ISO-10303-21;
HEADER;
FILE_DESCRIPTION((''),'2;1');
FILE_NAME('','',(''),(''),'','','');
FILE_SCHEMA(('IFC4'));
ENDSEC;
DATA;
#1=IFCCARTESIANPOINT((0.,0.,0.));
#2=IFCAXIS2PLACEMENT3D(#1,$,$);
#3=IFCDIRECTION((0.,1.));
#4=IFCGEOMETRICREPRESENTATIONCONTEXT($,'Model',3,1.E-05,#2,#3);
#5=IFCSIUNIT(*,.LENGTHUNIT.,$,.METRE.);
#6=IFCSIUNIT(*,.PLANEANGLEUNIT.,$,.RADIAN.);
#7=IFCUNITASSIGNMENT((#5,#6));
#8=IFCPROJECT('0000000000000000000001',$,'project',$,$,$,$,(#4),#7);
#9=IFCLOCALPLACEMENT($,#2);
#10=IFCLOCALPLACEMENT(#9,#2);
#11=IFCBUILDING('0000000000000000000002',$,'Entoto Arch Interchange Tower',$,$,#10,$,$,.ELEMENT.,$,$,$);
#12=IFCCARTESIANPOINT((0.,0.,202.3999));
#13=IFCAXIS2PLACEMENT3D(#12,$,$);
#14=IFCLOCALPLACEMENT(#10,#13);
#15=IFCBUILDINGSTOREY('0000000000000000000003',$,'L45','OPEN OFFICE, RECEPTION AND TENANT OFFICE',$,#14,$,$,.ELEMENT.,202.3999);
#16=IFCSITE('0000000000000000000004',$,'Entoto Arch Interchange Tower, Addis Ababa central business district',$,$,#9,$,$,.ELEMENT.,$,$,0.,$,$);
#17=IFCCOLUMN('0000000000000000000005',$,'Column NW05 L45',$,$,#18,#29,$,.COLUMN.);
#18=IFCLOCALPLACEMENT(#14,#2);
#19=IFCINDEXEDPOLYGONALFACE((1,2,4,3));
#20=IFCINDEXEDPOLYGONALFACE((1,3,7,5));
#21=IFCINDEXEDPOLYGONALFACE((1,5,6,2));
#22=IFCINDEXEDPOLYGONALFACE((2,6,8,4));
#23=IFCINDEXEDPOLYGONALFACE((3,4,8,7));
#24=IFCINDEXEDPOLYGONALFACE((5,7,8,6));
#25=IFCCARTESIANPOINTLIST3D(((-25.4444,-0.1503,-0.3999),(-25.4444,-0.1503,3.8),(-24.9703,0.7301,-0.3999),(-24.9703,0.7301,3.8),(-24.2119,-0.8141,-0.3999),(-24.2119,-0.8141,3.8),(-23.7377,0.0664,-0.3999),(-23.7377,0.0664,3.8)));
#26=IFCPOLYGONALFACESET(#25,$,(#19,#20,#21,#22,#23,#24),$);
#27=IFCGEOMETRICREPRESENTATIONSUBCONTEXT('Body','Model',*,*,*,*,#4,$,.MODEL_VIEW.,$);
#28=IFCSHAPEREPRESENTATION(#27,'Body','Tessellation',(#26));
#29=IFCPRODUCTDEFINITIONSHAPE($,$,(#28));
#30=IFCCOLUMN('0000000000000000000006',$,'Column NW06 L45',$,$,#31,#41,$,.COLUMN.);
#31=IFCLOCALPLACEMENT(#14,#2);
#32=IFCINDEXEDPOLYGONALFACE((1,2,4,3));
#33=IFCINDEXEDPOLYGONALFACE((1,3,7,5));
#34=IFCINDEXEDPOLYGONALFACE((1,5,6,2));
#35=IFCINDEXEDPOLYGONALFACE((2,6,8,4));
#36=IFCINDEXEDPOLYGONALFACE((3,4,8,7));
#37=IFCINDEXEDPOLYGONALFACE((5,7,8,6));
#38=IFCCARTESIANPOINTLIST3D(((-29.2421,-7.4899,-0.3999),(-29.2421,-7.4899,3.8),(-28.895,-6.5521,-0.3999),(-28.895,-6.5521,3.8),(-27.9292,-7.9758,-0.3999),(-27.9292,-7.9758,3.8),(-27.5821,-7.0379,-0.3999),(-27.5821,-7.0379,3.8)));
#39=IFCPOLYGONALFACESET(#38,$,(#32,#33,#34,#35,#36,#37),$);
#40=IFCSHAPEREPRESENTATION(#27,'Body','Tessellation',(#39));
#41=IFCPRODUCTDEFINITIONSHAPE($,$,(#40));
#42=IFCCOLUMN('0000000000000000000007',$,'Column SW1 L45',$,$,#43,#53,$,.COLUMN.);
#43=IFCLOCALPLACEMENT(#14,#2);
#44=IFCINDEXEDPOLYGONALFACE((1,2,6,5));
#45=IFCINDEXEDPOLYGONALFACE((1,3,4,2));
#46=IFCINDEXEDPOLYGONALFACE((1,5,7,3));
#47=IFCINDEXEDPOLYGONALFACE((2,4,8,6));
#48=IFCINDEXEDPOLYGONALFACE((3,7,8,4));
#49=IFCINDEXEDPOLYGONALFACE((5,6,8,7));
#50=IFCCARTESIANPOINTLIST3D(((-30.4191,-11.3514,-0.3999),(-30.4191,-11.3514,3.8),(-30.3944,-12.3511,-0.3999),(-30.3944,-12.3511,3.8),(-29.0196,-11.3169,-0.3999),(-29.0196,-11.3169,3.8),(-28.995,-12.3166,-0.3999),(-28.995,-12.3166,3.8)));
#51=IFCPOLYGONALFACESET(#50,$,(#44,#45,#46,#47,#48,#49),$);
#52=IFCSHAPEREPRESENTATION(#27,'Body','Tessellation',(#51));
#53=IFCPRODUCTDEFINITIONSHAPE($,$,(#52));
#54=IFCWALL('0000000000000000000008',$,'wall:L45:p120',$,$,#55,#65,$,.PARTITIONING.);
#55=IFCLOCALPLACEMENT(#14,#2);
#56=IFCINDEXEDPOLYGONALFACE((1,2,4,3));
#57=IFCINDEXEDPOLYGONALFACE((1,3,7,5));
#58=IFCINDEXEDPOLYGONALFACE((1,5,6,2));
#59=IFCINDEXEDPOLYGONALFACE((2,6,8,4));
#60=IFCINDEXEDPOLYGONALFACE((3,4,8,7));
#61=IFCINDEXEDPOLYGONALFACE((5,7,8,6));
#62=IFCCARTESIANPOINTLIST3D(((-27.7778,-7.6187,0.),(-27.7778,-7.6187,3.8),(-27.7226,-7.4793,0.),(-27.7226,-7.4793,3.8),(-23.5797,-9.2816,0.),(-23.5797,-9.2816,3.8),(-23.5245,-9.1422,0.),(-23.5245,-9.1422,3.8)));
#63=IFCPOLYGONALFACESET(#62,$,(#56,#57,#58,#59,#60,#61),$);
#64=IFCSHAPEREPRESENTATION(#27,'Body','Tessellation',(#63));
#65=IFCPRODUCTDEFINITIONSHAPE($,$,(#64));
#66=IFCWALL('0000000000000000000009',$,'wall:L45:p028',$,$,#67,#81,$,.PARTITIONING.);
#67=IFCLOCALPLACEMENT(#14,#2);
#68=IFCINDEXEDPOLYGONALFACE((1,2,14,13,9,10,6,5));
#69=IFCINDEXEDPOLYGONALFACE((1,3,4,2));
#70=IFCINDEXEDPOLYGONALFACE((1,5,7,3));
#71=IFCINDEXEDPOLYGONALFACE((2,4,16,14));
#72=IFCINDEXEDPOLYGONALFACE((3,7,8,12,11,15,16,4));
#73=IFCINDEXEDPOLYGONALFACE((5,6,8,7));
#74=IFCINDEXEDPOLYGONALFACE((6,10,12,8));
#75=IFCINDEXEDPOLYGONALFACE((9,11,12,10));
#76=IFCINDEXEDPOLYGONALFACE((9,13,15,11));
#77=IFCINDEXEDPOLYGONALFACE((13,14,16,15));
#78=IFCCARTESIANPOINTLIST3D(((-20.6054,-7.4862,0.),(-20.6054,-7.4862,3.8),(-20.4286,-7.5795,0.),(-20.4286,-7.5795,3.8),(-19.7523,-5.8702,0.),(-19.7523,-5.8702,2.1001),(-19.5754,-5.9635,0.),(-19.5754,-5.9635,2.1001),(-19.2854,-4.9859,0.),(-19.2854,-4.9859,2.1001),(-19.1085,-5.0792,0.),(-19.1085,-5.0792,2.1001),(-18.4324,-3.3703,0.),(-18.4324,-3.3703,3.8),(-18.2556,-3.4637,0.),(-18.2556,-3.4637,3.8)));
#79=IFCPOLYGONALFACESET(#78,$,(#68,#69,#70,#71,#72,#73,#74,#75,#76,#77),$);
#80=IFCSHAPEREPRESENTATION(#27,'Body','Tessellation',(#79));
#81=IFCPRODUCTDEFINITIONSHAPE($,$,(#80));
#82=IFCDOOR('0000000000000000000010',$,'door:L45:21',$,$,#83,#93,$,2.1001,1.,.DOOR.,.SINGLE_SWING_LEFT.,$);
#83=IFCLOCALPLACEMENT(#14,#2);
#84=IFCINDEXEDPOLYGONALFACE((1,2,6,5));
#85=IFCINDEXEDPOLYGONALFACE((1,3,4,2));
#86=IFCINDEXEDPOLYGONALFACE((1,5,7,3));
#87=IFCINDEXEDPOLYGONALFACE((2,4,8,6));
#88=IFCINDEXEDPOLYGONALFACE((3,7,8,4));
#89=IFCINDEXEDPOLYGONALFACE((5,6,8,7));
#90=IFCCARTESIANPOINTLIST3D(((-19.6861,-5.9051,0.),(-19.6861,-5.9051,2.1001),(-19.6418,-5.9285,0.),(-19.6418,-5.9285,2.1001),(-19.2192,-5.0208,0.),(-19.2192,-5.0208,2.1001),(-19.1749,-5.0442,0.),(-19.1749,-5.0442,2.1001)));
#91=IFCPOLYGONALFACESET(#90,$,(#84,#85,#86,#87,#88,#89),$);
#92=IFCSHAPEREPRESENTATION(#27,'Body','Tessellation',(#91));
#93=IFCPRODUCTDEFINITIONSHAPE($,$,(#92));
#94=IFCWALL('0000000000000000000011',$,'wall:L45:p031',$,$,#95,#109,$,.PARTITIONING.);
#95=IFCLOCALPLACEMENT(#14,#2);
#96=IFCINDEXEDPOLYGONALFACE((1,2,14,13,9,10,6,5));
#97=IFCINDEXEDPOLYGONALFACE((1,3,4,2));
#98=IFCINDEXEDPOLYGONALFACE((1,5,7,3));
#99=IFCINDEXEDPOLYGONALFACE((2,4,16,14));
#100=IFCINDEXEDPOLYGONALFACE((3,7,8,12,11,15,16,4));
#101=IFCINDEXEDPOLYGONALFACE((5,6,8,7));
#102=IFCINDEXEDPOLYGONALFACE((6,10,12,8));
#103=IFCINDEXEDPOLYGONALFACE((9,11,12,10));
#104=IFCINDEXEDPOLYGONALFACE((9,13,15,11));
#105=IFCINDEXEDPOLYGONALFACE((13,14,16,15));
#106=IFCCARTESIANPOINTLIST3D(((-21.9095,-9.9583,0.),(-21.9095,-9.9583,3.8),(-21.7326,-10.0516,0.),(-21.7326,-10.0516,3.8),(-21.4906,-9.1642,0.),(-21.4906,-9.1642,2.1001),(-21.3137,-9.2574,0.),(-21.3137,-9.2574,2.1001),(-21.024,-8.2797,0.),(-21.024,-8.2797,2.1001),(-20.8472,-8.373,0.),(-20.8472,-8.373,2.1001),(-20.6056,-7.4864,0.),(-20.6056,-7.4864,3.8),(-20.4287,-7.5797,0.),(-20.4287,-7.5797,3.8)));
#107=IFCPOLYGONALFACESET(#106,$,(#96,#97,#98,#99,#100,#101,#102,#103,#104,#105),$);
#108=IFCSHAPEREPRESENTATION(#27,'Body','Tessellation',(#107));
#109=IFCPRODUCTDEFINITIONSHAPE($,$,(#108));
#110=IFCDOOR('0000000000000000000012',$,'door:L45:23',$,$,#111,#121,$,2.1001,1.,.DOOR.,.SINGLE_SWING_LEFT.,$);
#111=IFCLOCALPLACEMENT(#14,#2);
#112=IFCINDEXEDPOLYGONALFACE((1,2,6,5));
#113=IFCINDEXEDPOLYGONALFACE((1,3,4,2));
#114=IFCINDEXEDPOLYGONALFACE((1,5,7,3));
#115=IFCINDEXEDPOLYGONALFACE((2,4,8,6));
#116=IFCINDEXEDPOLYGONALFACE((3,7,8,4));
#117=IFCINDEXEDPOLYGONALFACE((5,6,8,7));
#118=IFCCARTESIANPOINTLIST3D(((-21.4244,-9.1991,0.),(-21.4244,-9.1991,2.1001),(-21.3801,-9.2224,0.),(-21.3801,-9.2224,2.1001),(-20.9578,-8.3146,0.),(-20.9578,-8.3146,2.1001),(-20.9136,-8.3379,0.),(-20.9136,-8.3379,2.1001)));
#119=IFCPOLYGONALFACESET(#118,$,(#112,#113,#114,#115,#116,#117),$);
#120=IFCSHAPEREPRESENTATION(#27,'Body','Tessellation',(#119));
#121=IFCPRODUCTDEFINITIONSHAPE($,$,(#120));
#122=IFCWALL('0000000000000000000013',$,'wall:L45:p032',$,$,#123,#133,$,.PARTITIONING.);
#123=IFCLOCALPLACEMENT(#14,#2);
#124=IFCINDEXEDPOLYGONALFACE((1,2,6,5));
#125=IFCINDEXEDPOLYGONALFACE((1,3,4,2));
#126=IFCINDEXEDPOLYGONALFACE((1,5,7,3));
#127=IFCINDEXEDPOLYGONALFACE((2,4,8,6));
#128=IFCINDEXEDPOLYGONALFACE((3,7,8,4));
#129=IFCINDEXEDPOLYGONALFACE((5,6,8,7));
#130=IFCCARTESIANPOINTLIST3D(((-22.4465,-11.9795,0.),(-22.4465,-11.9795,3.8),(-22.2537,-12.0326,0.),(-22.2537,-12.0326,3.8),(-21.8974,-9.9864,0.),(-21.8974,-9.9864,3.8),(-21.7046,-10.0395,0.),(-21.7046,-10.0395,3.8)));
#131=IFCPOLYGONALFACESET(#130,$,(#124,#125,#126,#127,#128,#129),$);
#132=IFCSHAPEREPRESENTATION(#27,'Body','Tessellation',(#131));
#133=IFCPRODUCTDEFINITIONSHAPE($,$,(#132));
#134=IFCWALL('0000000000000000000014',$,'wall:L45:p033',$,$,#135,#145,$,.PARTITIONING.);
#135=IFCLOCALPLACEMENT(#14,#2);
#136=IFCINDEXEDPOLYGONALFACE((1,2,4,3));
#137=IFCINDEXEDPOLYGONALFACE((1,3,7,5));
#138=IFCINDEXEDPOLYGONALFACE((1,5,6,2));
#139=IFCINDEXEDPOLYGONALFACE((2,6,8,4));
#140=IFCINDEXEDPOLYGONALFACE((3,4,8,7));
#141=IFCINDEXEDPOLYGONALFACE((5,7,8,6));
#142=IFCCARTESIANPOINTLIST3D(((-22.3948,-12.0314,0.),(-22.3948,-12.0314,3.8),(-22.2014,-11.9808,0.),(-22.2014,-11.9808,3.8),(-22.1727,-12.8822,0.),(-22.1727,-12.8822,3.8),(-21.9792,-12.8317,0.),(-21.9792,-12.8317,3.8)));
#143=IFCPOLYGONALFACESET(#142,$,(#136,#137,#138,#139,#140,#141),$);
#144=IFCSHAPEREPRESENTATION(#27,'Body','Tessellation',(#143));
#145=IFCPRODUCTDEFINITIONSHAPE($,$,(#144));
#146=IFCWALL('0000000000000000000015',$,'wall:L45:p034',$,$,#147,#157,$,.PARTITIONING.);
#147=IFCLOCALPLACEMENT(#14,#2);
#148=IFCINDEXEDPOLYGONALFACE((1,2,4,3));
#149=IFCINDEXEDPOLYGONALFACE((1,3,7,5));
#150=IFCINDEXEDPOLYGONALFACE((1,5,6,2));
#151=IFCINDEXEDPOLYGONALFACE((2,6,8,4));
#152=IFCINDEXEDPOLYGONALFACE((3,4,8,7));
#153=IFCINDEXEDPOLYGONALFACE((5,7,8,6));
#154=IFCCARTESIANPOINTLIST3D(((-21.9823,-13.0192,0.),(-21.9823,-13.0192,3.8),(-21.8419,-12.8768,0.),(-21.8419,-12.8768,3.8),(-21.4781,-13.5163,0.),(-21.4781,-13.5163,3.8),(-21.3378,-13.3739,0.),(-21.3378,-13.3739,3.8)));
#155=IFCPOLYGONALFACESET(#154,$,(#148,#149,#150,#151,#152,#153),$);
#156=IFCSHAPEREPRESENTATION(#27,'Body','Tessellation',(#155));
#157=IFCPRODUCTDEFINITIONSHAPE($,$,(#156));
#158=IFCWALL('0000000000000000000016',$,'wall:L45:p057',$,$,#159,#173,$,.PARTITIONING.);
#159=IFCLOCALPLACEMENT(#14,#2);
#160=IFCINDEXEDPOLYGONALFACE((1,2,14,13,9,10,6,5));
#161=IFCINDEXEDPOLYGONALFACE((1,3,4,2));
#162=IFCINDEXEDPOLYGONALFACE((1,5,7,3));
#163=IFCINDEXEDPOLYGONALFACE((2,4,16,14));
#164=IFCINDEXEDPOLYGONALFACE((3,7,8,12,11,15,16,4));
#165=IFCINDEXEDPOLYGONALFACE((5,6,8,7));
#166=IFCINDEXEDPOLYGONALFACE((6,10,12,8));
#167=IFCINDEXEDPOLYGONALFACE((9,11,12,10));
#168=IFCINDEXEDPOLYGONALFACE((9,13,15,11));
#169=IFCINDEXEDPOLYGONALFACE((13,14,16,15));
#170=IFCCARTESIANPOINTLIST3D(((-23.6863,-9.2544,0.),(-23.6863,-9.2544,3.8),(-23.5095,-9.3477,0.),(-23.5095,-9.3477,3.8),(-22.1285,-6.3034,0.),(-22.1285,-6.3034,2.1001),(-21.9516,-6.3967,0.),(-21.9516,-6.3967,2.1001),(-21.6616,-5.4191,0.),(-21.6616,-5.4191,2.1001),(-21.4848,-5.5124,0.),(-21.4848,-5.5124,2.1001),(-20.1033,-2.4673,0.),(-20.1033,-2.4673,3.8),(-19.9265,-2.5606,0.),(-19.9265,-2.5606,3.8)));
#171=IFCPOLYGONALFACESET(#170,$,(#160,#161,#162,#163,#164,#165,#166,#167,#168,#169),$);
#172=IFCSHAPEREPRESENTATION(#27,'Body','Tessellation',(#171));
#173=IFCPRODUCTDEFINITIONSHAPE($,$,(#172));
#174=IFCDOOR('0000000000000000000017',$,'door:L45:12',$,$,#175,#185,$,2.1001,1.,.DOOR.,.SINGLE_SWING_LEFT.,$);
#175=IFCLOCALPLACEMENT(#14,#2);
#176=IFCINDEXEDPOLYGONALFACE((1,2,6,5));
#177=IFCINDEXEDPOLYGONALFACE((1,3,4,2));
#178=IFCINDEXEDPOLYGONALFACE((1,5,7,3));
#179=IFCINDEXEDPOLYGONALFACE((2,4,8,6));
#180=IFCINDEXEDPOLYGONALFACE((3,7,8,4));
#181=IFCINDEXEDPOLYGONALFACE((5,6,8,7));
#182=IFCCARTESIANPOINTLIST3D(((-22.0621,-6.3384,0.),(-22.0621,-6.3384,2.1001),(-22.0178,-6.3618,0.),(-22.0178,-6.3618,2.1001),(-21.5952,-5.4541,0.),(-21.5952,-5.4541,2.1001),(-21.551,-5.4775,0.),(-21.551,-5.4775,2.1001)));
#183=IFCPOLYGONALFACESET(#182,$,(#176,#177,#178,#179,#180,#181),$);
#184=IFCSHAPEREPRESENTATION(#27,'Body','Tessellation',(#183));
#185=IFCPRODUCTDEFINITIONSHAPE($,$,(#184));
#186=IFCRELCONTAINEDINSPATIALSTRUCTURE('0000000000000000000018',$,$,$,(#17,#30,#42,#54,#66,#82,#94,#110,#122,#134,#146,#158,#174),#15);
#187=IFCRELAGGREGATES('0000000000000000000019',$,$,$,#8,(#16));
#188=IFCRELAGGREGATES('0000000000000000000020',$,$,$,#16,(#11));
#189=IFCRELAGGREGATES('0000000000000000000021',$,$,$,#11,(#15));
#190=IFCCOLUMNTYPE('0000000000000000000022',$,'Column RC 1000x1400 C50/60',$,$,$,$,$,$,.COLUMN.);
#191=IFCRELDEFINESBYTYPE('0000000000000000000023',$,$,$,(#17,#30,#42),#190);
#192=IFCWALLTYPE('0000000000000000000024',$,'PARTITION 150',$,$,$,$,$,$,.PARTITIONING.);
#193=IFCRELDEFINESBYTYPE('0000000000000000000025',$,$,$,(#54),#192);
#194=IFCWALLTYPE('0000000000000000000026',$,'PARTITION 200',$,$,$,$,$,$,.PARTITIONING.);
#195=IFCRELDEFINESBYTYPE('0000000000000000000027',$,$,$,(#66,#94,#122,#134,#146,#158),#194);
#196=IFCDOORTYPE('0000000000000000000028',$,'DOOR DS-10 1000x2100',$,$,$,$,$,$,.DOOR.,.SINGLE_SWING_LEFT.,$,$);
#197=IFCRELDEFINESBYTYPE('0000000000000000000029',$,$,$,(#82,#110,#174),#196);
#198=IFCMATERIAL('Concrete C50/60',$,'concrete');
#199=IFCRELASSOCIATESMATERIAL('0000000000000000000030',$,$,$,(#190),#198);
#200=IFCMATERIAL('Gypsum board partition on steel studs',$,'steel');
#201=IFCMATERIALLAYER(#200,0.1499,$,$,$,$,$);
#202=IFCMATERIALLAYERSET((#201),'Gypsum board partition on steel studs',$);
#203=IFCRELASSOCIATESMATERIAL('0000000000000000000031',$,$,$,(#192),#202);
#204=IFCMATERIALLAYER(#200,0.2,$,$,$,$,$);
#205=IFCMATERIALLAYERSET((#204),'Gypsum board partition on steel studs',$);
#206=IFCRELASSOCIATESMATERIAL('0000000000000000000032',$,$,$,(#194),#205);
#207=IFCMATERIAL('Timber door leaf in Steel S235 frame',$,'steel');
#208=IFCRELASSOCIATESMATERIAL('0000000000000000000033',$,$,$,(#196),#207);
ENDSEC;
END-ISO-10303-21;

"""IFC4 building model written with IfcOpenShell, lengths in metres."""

from ifc_helpers import new_model, si_unit, direction, frame, frame_2d, origin, origin_2d, place, context, subcontext, project, spatial, rectangle, extrude, material, layer, layer_set, material_profile, profile_set, type_object, element, fill, save


model = new_model("IFC4")

# Units and contexts
model_context = context("Model", 3, precision=1e-05, world=origin(), true_north=direction((0.0, 1.0)))
body_context = subcontext(model_context, "Body", "Model", "MODEL_VIEW")
ifc_project = project(units=[si_unit("LENGTHUNIT", "METRE"), si_unit("PLANEANGLEUNIT", "RADIAN")], contexts=[model_context])

# Site, building, storey
site_placement = place(None, origin())
site = spatial("IfcSite", under=ifc_project, at=site_placement, Name="Entoto Arch Interchange Tower, Addis Ababa central business district", CompositionType="ELEMENT", RefElevation=0.0)
building_placement = place(site_placement, origin())
building = spatial("IfcBuilding", under=site, at=building_placement, Name="Entoto Arch Interchange Tower", CompositionType="ELEMENT")
storey_placement = place(building_placement, frame((0.0, 0.0, 202.3999)))
storey = spatial("IfcBuildingStorey", under=building, at=storey_placement, Name="L45", Description="OPEN OFFICE, RECEPTION AND TENANT OFFICE", CompositionType="ELEMENT", Elevation=202.3999)

# Columns
ifc_material_1 = material(Name="Concrete C50/60", Category="concrete")
ifc_material_profile = material_profile(ifc_material_1, rectangle(XDim=1.0, YDim=1.3999, at=origin_2d()))
ifc_profile_set = profile_set([ifc_material_profile], Name="Concrete C50/60")
column_type = type_object("IfcColumnType", Name="Column RC 1000x1400 C50/60", PredefinedType="COLUMN", material=ifc_profile_set)
for number, where, z_axis, x_axis, name in (
    (1, (-24.5911, -0.042, -0.3999), (0.0, 0.0, 1.0), (0.474134, 0.880453, 0.0), "Column NW05 L45"),
    (2, (-28.4121, -7.2639, -0.3999), (0.0, 0.0, 1.0), (0.347067, 0.93784, 0.0), "Column NW06 L45"),
    (3, (-29.707, -11.834, -0.3999), (0.0, 0.0, 1.0), (-0.024676, 0.999695, 0.0), "Column SW1 L45"),
):
    element("IfcColumn", number, at=place(storey_placement, frame(where, z_axis=z_axis, x_axis=x_axis)), inside=storey, type_object=column_type, Name=name, PredefinedType="COLUMN", context=body_context, shape_type="SweptSolid", body=[
        extrude(rectangle(XDim=1.0, YDim=1.3999, at=origin_2d()), origin(), (0.0, 0.0, 1.0), 4.2),
    ])

# Wall
ifc_material_2 = material(Name="Gypsum board partition on steel studs", Category="steel")
ifc_layer_1 = layer(ifc_material_2, 0.1499)
ifc_layer_set_1 = layer_set([ifc_layer_1], Name="Gypsum board partition on steel studs")
wall_type_1 = type_object("IfcWallType", Name="PARTITION 150", PredefinedType="PARTITIONING", material=ifc_layer_set_1)
wall_1_placement = place(storey_placement, frame((-23.552, -9.2119, 0.0), z_axis=(0.0, 0.0, 1.0), x_axis=(-0.929721, 0.368266, 0.0)))
element("IfcWall", 4, at=wall_1_placement, inside=storey, type_object=wall_type_1, Name="wall:L45:p120", PredefinedType="PARTITIONING", context=body_context, shape_type="SweptSolid", body=[
    extrude(rectangle(XDim=4.5154, YDim=0.1499, at=frame_2d((2.2578, 0.0))), origin(), (0.0, 0.0, 1.0), 3.8),
])

# Walls, openings, doors
ifc_layer_2 = layer(ifc_material_2, 0.2)
ifc_layer_set_2 = layer_set([ifc_layer_2], Name="Gypsum board partition on steel studs")
wall_type_2 = type_object("IfcWallType", Name="PARTITION 200", PredefinedType="PARTITIONING", material=ifc_layer_set_2)
wall_2_placement = place(storey_placement, frame((-18.344, -3.417, 0.0), z_axis=(0.0, 0.0, 1.0), x_axis=(-0.46689, -0.884316, 0.0)))
wall_2 = element("IfcWall", 5, at=wall_2_placement, inside=storey, type_object=wall_type_2, Name="wall:L45:p028", PredefinedType="PARTITIONING", context=body_context, shape_type="SweptSolid", body=[
    extrude(rectangle(XDim=4.6543, YDim=0.2, at=frame_2d((2.3271, 0.0))), origin(), (0.0, 0.0, 1.0), 3.8),
])
opening_1_placement = place(wall_2_placement, frame((1.8269, 0.0, 0.0)))
opening_1 = element("IfcOpeningElement", 6, at=opening_1_placement, cuts=wall_2, PredefinedType="OPENING", context=body_context, shape_type="SweptSolid", body=[
    extrude(rectangle(XDim=1.0, YDim=2.1001, at=frame_2d((0.5, 1.05))), frame((0.0, 0.1099, 0.0), z_axis=(0.0, -1.0, 0.0), x_axis=(1.0, 0.0, 0.0)), (0.0, 0.0, 1.0), 0.22),
])
ifc_material_3 = material(Name="Timber door leaf in Steel S235 frame", Category="steel")
door_type = type_object("IfcDoorType", Name="DOOR DS-10 1000x2100", OperationType="SINGLE_SWING_LEFT", PredefinedType="DOOR", material=ifc_material_3)
door_1_placement = place(opening_1_placement, origin())
door_1 = element("IfcDoor", 7, at=door_1_placement, inside=storey, type_object=door_type, Name="door:L45:21", OperationType="SINGLE_SWING_LEFT", OverallHeight=2.1001, OverallWidth=1.0, PredefinedType="DOOR", context=body_context, shape_type="SweptSolid", body=[
    extrude(rectangle(XDim=1.0, YDim=2.1001, at=frame_2d((0.5, 1.05))), frame((0.0, 0.0249, 0.0), z_axis=(0.0, -1.0, 0.0), x_axis=(1.0, 0.0, 0.0)), (0.0, 0.0, 1.0), 0.05),
])
fill(opening_1, door_1)
wall_3_placement = place(storey_placement, frame((-20.5171, -7.533, 0.0), z_axis=(0.0, 0.0, 1.0), x_axis=(-0.466571, -0.884484, 0.0)))
wall_3 = element("IfcWall", 8, at=wall_3_placement, inside=storey, type_object=wall_type_2, Name="wall:L45:p031", PredefinedType="PARTITIONING", context=body_context, shape_type="SweptSolid", body=[
    extrude(rectangle(XDim=2.7947, YDim=0.2, at=frame_2d((1.3975, 0.0))), origin(), (0.0, 0.0, 1.0), 3.8),
])
opening_2_placement = place(wall_3_placement, frame((0.897, 0.0, 0.0)))
opening_2 = element("IfcOpeningElement", 9, at=opening_2_placement, cuts=wall_3, PredefinedType="OPENING", context=body_context, shape_type="SweptSolid", body=[
    extrude(rectangle(XDim=1.0, YDim=2.1001, at=frame_2d((0.5, 1.05))), frame((0.0, 0.1099, 0.0), z_axis=(0.0, -1.0, 0.0), x_axis=(1.0, 0.0, 0.0)), (0.0, 0.0, 1.0), 0.22),
])
door_2_placement = place(opening_2_placement, origin())
door_2 = element("IfcDoor", 10, at=door_2_placement, inside=storey, type_object=door_type, Name="door:L45:23", OperationType="SINGLE_SWING_LEFT", OverallHeight=2.1001, OverallWidth=1.0, PredefinedType="DOOR", context=body_context, shape_type="SweptSolid", body=[
    extrude(rectangle(XDim=1.0, YDim=2.1001, at=frame_2d((0.5, 1.05))), frame((0.0, 0.0249, 0.0), z_axis=(0.0, -1.0, 0.0), x_axis=(1.0, 0.0, 0.0)), (0.0, 0.0, 1.0), 0.05),
])
fill(opening_2, door_2)

# Walls
wall_4_placement = place(storey_placement, frame((-21.801, -10.0129, 0.0), z_axis=(0.0, 0.0, 1.0), x_axis=(-0.265585, -0.964088, 0.0)))
element("IfcWall", 11, at=wall_4_placement, inside=storey, type_object=wall_type_2, Name="wall:L45:p032", PredefinedType="PARTITIONING", context=body_context, shape_type="SweptSolid", body=[
    extrude(rectangle(XDim=2.0674, YDim=0.2, at=frame_2d((1.0337, 0.0))), origin(), (0.0, 0.0, 1.0), 3.8),
])
wall_5_placement = place(storey_placement, frame((-22.2981, -12.0061, 0.0), z_axis=(0.0, 0.0, 1.0), x_axis=(0.252648, -0.967558, 0.0)))
element("IfcWall", 12, at=wall_5_placement, inside=storey, type_object=wall_type_2, Name="wall:L45:p033", PredefinedType="PARTITIONING", context=body_context, shape_type="SweptSolid", body=[
    extrude(rectangle(XDim=0.8794, YDim=0.2, at=frame_2d((0.4397, 0.0))), origin(), (0.0, 0.0, 1.0), 3.8),
])
wall_6_placement = place(storey_placement, frame((-21.9121, -12.948, 0.0), z_axis=(0.0, 0.0, 1.0), x_axis=(0.712089, -0.702089, 0.0)))
element("IfcWall", 13, at=wall_6_placement, inside=storey, type_object=wall_type_2, Name="wall:L45:p034", PredefinedType="PARTITIONING", context=body_context, shape_type="SweptSolid", body=[
    extrude(rectangle(XDim=0.708, YDim=0.2, at=frame_2d((0.354, 0.0))), origin(), (0.0, 0.0, 1.0), 3.8),
])

# Wall, opening, door
wall_7_placement = place(storey_placement, frame((-23.5979, -9.301, 0.0), z_axis=(0.0, 0.0, 1.0), x_axis=(0.466853, 0.884335, 0.0)))
wall_7 = element("IfcWall", 14, at=wall_7_placement, inside=storey, type_object=wall_type_2, Name="wall:L45:p057", PredefinedType="PARTITIONING", context=body_context, shape_type="SweptSolid", body=[
    extrude(rectangle(XDim=7.6748, YDim=0.2, at=frame_2d((3.8374, 0.0))), origin(), (0.0, 0.0, 1.0), 3.8),
])
opening_3_placement = place(wall_7_placement, frame((3.3369, 0.0, 0.0)))
opening_3 = element("IfcOpeningElement", 15, at=opening_3_placement, cuts=wall_7, PredefinedType="OPENING", context=body_context, shape_type="SweptSolid", body=[
    extrude(rectangle(XDim=1.0, YDim=2.1001, at=frame_2d((0.5, 1.05))), frame((0.0, 0.1099, 0.0), z_axis=(0.0, -1.0, 0.0), x_axis=(1.0, 0.0, 0.0)), (0.0, 0.0, 1.0), 0.22),
])
door_3_placement = place(opening_3_placement, origin())
door_3 = element("IfcDoor", 16, at=door_3_placement, inside=storey, type_object=door_type, Name="door:L45:12", OperationType="SINGLE_SWING_LEFT", OverallHeight=2.1001, OverallWidth=1.0, PredefinedType="DOOR", context=body_context, shape_type="SweptSolid", body=[
    extrude(rectangle(XDim=1.0, YDim=2.1001, at=frame_2d((0.5, 1.05))), frame((0.0, 0.0249, 0.0), z_axis=(0.0, -1.0, 0.0), x_axis=(1.0, 0.0, 0.0)), (0.0, 0.0, 1.0), 0.05),
])
fill(opening_3, door_3)

save(model, "model.ifc")
